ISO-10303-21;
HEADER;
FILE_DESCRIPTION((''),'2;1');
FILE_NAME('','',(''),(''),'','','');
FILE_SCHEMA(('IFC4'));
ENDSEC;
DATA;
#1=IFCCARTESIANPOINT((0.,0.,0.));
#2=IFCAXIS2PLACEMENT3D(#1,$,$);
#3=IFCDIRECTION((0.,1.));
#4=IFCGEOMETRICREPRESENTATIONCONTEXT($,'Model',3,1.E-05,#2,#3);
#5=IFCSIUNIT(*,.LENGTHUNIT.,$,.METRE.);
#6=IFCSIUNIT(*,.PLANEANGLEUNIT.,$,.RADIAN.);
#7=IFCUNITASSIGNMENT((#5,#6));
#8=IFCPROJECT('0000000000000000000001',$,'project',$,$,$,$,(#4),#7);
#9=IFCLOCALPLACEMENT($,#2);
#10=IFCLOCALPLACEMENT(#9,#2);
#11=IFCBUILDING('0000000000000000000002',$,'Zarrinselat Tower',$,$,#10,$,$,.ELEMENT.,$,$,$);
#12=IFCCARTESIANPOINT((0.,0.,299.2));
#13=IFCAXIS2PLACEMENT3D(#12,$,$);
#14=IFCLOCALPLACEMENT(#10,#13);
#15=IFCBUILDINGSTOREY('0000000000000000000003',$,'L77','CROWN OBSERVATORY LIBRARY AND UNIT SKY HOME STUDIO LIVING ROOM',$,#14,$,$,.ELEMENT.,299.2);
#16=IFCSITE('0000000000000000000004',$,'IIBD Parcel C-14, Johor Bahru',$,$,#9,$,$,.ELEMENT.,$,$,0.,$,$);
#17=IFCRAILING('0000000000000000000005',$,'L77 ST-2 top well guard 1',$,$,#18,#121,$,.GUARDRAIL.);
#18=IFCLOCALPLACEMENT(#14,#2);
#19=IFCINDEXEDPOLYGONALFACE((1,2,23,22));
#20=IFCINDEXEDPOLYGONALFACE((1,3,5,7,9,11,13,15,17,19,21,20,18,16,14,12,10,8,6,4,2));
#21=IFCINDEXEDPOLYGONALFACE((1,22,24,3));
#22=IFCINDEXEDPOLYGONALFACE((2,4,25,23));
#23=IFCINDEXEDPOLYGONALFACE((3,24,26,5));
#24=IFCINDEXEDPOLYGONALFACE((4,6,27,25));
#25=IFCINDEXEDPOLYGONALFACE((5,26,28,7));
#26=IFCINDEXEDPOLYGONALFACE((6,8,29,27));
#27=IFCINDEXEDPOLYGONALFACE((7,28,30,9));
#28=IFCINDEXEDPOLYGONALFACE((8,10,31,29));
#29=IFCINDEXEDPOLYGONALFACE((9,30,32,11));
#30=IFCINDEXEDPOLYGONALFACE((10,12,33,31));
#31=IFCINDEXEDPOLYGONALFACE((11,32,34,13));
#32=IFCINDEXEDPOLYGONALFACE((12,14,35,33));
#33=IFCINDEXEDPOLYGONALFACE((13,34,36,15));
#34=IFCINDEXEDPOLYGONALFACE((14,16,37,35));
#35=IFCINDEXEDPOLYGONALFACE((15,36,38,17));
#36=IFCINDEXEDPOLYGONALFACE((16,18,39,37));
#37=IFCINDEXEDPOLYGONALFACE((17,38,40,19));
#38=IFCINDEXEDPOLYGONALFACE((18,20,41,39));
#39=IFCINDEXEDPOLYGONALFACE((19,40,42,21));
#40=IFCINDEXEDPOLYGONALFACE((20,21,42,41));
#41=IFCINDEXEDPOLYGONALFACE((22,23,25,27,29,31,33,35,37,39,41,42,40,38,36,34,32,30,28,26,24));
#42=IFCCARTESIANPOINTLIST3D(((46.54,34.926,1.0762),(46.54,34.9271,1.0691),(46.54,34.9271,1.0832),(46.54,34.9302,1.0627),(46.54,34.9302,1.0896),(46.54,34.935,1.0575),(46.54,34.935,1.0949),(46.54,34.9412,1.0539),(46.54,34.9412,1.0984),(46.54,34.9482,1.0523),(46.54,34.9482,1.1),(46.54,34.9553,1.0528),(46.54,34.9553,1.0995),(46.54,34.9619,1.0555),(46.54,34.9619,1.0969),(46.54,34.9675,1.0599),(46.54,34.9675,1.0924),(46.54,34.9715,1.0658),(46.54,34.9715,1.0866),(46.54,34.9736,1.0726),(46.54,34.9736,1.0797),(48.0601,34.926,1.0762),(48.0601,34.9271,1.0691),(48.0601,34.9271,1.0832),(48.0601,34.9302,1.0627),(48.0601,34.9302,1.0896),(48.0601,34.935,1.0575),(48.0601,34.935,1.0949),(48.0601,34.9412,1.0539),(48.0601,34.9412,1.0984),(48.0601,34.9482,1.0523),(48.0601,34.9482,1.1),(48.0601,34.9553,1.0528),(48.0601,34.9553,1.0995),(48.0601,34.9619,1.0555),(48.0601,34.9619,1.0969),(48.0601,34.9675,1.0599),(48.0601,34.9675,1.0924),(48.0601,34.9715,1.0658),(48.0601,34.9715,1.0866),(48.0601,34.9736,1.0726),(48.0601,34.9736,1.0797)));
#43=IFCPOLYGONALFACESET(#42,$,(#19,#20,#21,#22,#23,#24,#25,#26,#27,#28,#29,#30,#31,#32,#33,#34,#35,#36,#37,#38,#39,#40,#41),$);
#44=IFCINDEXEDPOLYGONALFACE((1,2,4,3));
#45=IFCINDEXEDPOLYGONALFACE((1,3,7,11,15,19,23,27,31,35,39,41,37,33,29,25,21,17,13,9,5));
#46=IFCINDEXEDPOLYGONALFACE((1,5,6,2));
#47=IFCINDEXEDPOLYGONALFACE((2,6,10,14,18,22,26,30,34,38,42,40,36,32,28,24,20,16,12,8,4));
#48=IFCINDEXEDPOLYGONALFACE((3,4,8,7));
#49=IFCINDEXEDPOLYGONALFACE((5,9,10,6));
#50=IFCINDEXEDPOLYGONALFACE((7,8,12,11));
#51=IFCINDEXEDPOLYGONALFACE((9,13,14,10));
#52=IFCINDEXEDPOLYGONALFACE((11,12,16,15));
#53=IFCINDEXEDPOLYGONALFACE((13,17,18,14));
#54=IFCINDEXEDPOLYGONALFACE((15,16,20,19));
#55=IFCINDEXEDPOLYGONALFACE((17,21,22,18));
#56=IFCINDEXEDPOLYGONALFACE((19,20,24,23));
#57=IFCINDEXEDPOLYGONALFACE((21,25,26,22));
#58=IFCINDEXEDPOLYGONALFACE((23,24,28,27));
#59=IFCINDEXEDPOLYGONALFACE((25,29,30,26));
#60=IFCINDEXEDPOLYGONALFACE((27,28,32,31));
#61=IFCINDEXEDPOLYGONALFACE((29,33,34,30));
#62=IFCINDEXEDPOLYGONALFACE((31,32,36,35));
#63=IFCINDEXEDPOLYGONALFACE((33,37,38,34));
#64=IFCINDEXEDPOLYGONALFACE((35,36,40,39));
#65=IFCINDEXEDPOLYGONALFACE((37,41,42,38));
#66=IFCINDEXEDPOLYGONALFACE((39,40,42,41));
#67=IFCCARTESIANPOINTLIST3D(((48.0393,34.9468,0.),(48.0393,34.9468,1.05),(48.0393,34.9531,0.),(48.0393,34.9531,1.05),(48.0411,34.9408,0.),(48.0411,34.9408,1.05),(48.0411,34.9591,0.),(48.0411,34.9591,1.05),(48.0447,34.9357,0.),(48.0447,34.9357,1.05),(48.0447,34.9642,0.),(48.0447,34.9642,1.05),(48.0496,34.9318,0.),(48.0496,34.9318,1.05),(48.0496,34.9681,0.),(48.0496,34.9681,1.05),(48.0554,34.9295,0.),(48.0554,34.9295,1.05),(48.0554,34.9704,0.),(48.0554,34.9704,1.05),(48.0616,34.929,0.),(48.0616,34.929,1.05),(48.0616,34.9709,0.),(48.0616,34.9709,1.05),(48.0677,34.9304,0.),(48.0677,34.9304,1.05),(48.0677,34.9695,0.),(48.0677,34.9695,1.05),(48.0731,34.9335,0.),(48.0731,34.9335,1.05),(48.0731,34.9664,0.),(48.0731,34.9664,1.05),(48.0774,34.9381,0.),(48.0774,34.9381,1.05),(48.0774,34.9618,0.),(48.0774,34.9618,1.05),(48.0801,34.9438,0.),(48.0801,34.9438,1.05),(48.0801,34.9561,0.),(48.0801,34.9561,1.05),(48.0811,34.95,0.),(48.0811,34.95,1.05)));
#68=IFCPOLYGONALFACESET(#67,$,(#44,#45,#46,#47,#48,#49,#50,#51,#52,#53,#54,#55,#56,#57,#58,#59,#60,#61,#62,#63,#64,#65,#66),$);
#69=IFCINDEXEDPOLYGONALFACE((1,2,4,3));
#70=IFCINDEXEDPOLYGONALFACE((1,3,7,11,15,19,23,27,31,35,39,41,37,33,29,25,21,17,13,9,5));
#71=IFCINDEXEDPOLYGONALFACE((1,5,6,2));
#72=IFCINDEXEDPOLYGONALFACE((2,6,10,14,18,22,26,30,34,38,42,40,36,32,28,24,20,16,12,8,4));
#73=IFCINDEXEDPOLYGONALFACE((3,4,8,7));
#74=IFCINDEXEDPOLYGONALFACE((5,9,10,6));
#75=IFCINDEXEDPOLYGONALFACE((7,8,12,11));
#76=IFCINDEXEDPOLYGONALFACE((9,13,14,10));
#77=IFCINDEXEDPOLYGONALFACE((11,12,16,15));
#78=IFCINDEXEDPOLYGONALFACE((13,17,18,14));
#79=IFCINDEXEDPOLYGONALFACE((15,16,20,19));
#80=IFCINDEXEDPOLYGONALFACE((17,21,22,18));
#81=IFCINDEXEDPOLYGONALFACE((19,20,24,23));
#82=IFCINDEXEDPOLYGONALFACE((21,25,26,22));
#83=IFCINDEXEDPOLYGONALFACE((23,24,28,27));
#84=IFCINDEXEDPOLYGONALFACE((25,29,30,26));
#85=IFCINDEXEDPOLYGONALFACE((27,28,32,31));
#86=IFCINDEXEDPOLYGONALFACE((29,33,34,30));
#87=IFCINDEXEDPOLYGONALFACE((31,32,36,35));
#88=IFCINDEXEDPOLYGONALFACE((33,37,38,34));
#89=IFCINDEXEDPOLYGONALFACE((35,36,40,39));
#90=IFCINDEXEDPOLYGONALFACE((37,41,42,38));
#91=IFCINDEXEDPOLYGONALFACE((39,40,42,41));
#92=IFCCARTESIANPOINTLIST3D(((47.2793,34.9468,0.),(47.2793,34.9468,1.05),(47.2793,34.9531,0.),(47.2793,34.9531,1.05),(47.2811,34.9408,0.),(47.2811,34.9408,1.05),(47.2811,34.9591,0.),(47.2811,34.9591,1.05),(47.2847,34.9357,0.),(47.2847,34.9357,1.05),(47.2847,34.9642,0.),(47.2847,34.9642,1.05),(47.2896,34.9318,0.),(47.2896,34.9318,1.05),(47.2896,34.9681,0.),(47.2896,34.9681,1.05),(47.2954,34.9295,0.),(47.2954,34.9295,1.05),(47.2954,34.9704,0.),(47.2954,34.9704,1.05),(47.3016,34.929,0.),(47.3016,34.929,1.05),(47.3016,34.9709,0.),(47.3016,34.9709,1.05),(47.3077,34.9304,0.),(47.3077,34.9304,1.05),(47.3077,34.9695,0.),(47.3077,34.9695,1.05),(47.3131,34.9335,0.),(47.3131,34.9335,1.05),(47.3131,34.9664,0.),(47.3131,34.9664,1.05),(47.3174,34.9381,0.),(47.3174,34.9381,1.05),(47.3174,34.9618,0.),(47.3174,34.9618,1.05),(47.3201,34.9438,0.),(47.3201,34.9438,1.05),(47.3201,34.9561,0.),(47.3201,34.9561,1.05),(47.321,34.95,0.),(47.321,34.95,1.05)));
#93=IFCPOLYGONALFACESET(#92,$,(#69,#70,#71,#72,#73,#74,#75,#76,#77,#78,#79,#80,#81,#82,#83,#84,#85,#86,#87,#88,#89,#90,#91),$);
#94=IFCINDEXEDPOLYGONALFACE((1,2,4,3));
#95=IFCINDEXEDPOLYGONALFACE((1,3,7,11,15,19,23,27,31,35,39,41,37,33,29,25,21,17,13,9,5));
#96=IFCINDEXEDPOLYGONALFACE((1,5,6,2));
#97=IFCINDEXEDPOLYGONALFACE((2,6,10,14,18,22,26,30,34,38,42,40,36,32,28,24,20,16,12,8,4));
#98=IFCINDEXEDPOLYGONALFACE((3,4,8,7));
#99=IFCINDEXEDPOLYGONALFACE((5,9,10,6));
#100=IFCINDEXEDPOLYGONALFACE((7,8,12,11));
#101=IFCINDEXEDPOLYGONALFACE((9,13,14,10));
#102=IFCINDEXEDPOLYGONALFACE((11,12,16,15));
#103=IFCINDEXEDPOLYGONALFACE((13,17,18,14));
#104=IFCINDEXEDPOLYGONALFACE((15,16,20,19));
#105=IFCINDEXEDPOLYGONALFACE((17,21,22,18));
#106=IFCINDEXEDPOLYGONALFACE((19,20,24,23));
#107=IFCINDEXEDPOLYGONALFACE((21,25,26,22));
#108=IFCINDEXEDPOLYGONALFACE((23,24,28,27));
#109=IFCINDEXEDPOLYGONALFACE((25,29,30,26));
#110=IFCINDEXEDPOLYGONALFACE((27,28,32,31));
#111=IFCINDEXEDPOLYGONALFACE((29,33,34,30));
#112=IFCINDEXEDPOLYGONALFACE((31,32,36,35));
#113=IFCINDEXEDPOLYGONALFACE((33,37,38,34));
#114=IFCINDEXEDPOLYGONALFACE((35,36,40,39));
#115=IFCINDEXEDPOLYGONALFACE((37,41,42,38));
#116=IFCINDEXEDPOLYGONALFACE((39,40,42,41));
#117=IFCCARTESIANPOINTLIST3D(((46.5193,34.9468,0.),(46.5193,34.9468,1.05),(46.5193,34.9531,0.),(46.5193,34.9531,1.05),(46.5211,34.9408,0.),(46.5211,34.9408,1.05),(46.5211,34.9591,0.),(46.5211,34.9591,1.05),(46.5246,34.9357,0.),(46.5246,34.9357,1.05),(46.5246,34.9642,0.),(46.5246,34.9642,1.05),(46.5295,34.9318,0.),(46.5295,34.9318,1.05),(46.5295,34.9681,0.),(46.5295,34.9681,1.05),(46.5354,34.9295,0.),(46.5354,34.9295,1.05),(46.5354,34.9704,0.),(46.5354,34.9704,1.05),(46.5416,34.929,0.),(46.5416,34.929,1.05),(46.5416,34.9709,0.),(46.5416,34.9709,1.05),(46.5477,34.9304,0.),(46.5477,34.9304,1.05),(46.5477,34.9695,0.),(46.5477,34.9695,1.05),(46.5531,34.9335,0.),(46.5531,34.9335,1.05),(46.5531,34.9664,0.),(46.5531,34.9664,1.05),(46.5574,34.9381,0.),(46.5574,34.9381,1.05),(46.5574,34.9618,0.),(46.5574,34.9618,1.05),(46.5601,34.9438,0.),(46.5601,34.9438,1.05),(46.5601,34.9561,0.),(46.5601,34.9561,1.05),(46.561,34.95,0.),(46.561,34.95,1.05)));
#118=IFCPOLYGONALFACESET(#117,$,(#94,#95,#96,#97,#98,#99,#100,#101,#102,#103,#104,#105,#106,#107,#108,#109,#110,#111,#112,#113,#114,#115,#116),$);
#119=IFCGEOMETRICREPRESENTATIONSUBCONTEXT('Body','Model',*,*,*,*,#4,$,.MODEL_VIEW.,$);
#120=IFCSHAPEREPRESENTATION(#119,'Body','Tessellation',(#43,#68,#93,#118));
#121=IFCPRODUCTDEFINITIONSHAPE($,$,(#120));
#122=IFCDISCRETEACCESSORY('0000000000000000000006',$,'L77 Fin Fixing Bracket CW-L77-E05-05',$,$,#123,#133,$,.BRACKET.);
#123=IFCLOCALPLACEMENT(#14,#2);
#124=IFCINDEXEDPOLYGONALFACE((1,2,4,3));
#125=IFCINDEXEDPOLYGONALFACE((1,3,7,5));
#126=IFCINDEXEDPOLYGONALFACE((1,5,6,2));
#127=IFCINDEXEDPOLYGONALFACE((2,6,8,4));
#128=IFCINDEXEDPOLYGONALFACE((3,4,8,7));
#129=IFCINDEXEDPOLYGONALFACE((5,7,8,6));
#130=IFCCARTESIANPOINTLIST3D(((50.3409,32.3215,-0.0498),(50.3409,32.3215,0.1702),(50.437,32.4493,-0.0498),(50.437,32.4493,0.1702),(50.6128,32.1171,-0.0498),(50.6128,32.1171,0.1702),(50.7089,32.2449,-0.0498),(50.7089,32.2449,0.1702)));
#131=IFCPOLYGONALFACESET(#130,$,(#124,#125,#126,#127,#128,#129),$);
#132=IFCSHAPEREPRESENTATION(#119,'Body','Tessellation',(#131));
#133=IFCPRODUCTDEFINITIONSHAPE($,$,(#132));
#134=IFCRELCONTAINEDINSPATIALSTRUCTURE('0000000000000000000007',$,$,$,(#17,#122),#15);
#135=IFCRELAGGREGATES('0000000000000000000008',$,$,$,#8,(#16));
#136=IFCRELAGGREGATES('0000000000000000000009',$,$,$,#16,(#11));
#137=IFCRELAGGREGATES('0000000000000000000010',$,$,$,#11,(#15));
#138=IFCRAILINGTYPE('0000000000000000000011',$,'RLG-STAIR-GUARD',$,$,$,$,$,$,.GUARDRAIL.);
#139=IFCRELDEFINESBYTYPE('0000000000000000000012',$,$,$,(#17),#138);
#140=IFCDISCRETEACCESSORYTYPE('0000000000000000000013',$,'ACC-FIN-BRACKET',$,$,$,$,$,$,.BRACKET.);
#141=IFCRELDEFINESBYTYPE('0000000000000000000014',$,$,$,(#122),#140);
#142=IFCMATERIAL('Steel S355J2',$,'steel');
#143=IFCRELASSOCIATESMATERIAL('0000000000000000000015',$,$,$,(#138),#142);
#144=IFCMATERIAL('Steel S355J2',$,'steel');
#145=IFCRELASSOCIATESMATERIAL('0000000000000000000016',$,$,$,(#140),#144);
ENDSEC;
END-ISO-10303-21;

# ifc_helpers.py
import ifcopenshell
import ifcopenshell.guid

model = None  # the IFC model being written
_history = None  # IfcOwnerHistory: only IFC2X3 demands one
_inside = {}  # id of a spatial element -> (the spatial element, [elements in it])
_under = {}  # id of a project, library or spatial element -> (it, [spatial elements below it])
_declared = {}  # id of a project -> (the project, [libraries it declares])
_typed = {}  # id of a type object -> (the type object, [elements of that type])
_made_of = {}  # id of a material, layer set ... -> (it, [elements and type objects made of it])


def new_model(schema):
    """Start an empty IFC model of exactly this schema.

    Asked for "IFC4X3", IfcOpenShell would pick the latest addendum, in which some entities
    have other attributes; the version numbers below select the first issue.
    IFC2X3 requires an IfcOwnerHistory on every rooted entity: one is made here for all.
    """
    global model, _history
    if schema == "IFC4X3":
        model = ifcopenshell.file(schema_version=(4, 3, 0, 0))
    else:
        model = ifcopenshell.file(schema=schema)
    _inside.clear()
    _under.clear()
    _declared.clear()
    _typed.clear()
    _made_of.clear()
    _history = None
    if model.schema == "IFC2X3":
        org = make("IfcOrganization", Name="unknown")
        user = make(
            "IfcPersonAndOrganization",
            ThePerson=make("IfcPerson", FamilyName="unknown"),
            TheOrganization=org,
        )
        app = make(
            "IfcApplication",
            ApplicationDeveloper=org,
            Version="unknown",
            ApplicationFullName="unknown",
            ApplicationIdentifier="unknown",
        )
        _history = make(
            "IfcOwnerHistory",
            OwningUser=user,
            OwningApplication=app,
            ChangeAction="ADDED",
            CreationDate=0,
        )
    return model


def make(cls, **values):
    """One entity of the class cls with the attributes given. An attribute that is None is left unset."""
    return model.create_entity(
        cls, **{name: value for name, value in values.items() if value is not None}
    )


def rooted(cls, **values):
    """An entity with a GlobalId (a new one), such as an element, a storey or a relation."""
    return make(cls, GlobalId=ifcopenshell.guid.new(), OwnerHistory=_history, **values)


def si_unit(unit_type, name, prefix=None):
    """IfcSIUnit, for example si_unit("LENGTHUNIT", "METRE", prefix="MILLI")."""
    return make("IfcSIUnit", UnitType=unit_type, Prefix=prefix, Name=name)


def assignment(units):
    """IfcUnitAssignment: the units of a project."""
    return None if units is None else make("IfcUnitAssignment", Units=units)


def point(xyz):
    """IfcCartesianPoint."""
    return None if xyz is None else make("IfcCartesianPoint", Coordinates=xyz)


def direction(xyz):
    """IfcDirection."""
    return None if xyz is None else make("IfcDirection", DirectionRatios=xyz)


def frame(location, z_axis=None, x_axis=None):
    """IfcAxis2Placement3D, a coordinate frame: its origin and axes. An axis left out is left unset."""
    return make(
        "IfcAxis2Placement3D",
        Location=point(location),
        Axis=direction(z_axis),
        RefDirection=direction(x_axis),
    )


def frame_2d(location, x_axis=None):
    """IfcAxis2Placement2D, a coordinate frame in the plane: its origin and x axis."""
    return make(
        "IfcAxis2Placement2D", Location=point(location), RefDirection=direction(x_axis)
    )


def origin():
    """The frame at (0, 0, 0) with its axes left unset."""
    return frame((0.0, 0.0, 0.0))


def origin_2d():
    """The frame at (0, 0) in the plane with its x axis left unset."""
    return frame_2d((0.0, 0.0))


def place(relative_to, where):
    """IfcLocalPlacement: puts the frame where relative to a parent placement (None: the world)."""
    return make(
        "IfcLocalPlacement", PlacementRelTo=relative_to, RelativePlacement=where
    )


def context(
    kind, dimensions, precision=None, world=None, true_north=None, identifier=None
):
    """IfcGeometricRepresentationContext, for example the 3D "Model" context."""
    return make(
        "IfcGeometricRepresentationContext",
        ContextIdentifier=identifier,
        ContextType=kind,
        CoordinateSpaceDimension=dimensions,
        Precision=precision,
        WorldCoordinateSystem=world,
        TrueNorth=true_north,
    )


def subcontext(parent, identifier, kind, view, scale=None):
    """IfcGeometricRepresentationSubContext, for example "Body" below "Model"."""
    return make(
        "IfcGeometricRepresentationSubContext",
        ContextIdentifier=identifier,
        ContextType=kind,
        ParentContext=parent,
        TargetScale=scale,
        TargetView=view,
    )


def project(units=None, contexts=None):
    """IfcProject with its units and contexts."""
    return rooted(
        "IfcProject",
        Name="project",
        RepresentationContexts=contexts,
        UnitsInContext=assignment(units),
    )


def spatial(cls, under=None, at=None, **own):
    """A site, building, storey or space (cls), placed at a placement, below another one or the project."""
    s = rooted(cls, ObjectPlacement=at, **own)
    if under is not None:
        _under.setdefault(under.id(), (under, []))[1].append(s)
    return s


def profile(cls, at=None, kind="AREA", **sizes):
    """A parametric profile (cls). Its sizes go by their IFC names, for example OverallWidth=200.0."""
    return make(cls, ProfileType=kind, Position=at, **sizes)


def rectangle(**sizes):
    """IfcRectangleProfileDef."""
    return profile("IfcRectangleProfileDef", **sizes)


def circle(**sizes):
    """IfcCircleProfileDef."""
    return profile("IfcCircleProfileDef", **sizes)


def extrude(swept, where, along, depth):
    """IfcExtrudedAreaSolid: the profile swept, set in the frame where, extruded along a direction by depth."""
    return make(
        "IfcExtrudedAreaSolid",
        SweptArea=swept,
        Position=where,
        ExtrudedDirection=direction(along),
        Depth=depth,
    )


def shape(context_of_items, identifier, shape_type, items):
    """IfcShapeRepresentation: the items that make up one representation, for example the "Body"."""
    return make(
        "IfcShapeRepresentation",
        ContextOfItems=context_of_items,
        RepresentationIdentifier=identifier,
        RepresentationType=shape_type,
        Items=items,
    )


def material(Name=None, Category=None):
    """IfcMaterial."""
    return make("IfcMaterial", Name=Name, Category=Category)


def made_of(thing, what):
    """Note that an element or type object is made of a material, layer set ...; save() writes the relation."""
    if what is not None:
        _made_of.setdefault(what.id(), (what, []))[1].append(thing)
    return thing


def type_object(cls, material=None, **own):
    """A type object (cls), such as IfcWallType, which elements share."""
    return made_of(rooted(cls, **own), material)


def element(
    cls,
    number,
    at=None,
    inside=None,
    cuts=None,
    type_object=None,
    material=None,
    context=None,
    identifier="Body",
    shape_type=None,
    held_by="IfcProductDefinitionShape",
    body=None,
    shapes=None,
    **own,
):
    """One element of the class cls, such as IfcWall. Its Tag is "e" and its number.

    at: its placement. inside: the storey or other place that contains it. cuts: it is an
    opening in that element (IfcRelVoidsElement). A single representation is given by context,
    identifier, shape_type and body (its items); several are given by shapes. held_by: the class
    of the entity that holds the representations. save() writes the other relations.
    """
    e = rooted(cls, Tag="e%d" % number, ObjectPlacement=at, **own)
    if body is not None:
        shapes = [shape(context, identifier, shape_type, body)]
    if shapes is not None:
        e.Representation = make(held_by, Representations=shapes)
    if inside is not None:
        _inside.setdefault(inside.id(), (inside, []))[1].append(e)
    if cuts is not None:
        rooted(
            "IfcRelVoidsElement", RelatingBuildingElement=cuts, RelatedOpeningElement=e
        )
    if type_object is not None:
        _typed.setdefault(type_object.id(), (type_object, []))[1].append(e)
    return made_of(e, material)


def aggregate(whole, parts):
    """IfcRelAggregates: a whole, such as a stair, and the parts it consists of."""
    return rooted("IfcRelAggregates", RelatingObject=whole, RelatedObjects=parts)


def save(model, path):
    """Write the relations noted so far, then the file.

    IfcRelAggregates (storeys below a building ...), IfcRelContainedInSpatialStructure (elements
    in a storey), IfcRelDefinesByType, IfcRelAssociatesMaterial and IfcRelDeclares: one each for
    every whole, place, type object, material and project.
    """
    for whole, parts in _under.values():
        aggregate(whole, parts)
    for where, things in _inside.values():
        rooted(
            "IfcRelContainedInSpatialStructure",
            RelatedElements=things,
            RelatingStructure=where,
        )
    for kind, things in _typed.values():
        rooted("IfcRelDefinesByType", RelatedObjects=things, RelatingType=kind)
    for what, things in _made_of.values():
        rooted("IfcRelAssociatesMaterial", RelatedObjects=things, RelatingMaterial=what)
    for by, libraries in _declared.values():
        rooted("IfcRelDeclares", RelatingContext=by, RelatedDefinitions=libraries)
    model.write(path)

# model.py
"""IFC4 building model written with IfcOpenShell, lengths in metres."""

from ifc_helpers import new_model, si_unit, direction, frame, origin, origin_2d, place, context, subcontext, project, spatial, rectangle, circle, extrude, material, type_object, element, save


model = new_model("IFC4")

# Units and contexts
model_context = context("Model", 3, precision=1e-05, world=origin(), true_north=direction((0.0, 1.0)))
body_context = subcontext(model_context, "Body", "Model", "MODEL_VIEW")
ifc_project = project(units=[si_unit("LENGTHUNIT", "METRE"), si_unit("PLANEANGLEUNIT", "RADIAN")], contexts=[model_context])

# Site, building, storey
site_placement = place(None, origin())
site = spatial("IfcSite", under=ifc_project, at=site_placement, Name="IIBD Parcel C-14, Johor Bahru", CompositionType="ELEMENT", RefElevation=0.0)
building_placement = place(site_placement, origin())
building = spatial("IfcBuilding", under=site, at=building_placement, Name="Zarrinselat Tower", CompositionType="ELEMENT")
storey_placement = place(building_placement, frame((0.0, 0.0, 299.2)))
storey = spatial("IfcBuildingStorey", under=building, at=storey_placement, Name="L77", Description="CROWN OBSERVATORY LIBRARY AND UNIT SKY HOME STUDIO LIVING ROOM", CompositionType="ELEMENT", Elevation=299.2)

# Railing
ifc_material_1 = material(Name="Steel S355J2", Category="steel")
railing_type_1 = type_object("IfcRailingType", Name="RLG-STAIR-GUARD", PredefinedType="GUARDRAIL", material=ifc_material_1)
railing_1_placement = place(storey_placement, frame((48.0601, 34.95, 0.0)))
element("IfcRailing", 1, at=railing_1_placement, inside=storey, type_object=railing_type_1, Name="L77 ST-2 top well guard 1", PredefinedType="GUARDRAIL", context=body_context, shape_type="SweptSolid", body=[
    extrude(circle(Radius=0.0239, at=origin_2d()), frame((0.0, 0.0, 1.0762), z_axis=(-1.0, 0.0, 0.0), x_axis=(0.0, -1.0, 0.0)), (0.0, 0.0, 1.0), 1.52),
    extrude(circle(Radius=0.021, at=origin_2d()), origin(), (0.0, 0.0, 1.0), 1.05),
    extrude(circle(Radius=0.021, at=origin_2d()), frame((-0.76, 0.0, 0.0)), (0.0, 0.0, 1.0), 1.05),
    extrude(circle(Radius=0.021, at=origin_2d()), frame((-1.52, 0.0, 0.0)), (0.0, 0.0, 1.0), 1.05),
])

# Discrete accessory
ifc_material_2 = material(Name="Steel S355J2", Category="steel")
discrete_accessory_type = type_object("IfcDiscreteAccessoryType", Name="ACC-FIN-BRACKET", PredefinedType="BRACKET", material=ifc_material_2)
discrete_accessory_placement = place(storey_placement, frame((50.5249, 32.2832, -0.0498), z_axis=(0.0, 0.0, 1.0), x_axis=(0.799363, -0.600848, 0.0)))
element("IfcDiscreteAccessory", 2, at=discrete_accessory_placement, inside=storey, type_object=discrete_accessory_type, Name="L77 Fin Fixing Bracket CW-L77-E05-05", PredefinedType="BRACKET", context=body_context, shape_type="SweptSolid", body=[
    extrude(rectangle(XDim=0.3401, YDim=0.1599, at=origin_2d()), origin(), (0.0, 0.0, 1.0), 0.22),
])

save(model, "model.ifc")
